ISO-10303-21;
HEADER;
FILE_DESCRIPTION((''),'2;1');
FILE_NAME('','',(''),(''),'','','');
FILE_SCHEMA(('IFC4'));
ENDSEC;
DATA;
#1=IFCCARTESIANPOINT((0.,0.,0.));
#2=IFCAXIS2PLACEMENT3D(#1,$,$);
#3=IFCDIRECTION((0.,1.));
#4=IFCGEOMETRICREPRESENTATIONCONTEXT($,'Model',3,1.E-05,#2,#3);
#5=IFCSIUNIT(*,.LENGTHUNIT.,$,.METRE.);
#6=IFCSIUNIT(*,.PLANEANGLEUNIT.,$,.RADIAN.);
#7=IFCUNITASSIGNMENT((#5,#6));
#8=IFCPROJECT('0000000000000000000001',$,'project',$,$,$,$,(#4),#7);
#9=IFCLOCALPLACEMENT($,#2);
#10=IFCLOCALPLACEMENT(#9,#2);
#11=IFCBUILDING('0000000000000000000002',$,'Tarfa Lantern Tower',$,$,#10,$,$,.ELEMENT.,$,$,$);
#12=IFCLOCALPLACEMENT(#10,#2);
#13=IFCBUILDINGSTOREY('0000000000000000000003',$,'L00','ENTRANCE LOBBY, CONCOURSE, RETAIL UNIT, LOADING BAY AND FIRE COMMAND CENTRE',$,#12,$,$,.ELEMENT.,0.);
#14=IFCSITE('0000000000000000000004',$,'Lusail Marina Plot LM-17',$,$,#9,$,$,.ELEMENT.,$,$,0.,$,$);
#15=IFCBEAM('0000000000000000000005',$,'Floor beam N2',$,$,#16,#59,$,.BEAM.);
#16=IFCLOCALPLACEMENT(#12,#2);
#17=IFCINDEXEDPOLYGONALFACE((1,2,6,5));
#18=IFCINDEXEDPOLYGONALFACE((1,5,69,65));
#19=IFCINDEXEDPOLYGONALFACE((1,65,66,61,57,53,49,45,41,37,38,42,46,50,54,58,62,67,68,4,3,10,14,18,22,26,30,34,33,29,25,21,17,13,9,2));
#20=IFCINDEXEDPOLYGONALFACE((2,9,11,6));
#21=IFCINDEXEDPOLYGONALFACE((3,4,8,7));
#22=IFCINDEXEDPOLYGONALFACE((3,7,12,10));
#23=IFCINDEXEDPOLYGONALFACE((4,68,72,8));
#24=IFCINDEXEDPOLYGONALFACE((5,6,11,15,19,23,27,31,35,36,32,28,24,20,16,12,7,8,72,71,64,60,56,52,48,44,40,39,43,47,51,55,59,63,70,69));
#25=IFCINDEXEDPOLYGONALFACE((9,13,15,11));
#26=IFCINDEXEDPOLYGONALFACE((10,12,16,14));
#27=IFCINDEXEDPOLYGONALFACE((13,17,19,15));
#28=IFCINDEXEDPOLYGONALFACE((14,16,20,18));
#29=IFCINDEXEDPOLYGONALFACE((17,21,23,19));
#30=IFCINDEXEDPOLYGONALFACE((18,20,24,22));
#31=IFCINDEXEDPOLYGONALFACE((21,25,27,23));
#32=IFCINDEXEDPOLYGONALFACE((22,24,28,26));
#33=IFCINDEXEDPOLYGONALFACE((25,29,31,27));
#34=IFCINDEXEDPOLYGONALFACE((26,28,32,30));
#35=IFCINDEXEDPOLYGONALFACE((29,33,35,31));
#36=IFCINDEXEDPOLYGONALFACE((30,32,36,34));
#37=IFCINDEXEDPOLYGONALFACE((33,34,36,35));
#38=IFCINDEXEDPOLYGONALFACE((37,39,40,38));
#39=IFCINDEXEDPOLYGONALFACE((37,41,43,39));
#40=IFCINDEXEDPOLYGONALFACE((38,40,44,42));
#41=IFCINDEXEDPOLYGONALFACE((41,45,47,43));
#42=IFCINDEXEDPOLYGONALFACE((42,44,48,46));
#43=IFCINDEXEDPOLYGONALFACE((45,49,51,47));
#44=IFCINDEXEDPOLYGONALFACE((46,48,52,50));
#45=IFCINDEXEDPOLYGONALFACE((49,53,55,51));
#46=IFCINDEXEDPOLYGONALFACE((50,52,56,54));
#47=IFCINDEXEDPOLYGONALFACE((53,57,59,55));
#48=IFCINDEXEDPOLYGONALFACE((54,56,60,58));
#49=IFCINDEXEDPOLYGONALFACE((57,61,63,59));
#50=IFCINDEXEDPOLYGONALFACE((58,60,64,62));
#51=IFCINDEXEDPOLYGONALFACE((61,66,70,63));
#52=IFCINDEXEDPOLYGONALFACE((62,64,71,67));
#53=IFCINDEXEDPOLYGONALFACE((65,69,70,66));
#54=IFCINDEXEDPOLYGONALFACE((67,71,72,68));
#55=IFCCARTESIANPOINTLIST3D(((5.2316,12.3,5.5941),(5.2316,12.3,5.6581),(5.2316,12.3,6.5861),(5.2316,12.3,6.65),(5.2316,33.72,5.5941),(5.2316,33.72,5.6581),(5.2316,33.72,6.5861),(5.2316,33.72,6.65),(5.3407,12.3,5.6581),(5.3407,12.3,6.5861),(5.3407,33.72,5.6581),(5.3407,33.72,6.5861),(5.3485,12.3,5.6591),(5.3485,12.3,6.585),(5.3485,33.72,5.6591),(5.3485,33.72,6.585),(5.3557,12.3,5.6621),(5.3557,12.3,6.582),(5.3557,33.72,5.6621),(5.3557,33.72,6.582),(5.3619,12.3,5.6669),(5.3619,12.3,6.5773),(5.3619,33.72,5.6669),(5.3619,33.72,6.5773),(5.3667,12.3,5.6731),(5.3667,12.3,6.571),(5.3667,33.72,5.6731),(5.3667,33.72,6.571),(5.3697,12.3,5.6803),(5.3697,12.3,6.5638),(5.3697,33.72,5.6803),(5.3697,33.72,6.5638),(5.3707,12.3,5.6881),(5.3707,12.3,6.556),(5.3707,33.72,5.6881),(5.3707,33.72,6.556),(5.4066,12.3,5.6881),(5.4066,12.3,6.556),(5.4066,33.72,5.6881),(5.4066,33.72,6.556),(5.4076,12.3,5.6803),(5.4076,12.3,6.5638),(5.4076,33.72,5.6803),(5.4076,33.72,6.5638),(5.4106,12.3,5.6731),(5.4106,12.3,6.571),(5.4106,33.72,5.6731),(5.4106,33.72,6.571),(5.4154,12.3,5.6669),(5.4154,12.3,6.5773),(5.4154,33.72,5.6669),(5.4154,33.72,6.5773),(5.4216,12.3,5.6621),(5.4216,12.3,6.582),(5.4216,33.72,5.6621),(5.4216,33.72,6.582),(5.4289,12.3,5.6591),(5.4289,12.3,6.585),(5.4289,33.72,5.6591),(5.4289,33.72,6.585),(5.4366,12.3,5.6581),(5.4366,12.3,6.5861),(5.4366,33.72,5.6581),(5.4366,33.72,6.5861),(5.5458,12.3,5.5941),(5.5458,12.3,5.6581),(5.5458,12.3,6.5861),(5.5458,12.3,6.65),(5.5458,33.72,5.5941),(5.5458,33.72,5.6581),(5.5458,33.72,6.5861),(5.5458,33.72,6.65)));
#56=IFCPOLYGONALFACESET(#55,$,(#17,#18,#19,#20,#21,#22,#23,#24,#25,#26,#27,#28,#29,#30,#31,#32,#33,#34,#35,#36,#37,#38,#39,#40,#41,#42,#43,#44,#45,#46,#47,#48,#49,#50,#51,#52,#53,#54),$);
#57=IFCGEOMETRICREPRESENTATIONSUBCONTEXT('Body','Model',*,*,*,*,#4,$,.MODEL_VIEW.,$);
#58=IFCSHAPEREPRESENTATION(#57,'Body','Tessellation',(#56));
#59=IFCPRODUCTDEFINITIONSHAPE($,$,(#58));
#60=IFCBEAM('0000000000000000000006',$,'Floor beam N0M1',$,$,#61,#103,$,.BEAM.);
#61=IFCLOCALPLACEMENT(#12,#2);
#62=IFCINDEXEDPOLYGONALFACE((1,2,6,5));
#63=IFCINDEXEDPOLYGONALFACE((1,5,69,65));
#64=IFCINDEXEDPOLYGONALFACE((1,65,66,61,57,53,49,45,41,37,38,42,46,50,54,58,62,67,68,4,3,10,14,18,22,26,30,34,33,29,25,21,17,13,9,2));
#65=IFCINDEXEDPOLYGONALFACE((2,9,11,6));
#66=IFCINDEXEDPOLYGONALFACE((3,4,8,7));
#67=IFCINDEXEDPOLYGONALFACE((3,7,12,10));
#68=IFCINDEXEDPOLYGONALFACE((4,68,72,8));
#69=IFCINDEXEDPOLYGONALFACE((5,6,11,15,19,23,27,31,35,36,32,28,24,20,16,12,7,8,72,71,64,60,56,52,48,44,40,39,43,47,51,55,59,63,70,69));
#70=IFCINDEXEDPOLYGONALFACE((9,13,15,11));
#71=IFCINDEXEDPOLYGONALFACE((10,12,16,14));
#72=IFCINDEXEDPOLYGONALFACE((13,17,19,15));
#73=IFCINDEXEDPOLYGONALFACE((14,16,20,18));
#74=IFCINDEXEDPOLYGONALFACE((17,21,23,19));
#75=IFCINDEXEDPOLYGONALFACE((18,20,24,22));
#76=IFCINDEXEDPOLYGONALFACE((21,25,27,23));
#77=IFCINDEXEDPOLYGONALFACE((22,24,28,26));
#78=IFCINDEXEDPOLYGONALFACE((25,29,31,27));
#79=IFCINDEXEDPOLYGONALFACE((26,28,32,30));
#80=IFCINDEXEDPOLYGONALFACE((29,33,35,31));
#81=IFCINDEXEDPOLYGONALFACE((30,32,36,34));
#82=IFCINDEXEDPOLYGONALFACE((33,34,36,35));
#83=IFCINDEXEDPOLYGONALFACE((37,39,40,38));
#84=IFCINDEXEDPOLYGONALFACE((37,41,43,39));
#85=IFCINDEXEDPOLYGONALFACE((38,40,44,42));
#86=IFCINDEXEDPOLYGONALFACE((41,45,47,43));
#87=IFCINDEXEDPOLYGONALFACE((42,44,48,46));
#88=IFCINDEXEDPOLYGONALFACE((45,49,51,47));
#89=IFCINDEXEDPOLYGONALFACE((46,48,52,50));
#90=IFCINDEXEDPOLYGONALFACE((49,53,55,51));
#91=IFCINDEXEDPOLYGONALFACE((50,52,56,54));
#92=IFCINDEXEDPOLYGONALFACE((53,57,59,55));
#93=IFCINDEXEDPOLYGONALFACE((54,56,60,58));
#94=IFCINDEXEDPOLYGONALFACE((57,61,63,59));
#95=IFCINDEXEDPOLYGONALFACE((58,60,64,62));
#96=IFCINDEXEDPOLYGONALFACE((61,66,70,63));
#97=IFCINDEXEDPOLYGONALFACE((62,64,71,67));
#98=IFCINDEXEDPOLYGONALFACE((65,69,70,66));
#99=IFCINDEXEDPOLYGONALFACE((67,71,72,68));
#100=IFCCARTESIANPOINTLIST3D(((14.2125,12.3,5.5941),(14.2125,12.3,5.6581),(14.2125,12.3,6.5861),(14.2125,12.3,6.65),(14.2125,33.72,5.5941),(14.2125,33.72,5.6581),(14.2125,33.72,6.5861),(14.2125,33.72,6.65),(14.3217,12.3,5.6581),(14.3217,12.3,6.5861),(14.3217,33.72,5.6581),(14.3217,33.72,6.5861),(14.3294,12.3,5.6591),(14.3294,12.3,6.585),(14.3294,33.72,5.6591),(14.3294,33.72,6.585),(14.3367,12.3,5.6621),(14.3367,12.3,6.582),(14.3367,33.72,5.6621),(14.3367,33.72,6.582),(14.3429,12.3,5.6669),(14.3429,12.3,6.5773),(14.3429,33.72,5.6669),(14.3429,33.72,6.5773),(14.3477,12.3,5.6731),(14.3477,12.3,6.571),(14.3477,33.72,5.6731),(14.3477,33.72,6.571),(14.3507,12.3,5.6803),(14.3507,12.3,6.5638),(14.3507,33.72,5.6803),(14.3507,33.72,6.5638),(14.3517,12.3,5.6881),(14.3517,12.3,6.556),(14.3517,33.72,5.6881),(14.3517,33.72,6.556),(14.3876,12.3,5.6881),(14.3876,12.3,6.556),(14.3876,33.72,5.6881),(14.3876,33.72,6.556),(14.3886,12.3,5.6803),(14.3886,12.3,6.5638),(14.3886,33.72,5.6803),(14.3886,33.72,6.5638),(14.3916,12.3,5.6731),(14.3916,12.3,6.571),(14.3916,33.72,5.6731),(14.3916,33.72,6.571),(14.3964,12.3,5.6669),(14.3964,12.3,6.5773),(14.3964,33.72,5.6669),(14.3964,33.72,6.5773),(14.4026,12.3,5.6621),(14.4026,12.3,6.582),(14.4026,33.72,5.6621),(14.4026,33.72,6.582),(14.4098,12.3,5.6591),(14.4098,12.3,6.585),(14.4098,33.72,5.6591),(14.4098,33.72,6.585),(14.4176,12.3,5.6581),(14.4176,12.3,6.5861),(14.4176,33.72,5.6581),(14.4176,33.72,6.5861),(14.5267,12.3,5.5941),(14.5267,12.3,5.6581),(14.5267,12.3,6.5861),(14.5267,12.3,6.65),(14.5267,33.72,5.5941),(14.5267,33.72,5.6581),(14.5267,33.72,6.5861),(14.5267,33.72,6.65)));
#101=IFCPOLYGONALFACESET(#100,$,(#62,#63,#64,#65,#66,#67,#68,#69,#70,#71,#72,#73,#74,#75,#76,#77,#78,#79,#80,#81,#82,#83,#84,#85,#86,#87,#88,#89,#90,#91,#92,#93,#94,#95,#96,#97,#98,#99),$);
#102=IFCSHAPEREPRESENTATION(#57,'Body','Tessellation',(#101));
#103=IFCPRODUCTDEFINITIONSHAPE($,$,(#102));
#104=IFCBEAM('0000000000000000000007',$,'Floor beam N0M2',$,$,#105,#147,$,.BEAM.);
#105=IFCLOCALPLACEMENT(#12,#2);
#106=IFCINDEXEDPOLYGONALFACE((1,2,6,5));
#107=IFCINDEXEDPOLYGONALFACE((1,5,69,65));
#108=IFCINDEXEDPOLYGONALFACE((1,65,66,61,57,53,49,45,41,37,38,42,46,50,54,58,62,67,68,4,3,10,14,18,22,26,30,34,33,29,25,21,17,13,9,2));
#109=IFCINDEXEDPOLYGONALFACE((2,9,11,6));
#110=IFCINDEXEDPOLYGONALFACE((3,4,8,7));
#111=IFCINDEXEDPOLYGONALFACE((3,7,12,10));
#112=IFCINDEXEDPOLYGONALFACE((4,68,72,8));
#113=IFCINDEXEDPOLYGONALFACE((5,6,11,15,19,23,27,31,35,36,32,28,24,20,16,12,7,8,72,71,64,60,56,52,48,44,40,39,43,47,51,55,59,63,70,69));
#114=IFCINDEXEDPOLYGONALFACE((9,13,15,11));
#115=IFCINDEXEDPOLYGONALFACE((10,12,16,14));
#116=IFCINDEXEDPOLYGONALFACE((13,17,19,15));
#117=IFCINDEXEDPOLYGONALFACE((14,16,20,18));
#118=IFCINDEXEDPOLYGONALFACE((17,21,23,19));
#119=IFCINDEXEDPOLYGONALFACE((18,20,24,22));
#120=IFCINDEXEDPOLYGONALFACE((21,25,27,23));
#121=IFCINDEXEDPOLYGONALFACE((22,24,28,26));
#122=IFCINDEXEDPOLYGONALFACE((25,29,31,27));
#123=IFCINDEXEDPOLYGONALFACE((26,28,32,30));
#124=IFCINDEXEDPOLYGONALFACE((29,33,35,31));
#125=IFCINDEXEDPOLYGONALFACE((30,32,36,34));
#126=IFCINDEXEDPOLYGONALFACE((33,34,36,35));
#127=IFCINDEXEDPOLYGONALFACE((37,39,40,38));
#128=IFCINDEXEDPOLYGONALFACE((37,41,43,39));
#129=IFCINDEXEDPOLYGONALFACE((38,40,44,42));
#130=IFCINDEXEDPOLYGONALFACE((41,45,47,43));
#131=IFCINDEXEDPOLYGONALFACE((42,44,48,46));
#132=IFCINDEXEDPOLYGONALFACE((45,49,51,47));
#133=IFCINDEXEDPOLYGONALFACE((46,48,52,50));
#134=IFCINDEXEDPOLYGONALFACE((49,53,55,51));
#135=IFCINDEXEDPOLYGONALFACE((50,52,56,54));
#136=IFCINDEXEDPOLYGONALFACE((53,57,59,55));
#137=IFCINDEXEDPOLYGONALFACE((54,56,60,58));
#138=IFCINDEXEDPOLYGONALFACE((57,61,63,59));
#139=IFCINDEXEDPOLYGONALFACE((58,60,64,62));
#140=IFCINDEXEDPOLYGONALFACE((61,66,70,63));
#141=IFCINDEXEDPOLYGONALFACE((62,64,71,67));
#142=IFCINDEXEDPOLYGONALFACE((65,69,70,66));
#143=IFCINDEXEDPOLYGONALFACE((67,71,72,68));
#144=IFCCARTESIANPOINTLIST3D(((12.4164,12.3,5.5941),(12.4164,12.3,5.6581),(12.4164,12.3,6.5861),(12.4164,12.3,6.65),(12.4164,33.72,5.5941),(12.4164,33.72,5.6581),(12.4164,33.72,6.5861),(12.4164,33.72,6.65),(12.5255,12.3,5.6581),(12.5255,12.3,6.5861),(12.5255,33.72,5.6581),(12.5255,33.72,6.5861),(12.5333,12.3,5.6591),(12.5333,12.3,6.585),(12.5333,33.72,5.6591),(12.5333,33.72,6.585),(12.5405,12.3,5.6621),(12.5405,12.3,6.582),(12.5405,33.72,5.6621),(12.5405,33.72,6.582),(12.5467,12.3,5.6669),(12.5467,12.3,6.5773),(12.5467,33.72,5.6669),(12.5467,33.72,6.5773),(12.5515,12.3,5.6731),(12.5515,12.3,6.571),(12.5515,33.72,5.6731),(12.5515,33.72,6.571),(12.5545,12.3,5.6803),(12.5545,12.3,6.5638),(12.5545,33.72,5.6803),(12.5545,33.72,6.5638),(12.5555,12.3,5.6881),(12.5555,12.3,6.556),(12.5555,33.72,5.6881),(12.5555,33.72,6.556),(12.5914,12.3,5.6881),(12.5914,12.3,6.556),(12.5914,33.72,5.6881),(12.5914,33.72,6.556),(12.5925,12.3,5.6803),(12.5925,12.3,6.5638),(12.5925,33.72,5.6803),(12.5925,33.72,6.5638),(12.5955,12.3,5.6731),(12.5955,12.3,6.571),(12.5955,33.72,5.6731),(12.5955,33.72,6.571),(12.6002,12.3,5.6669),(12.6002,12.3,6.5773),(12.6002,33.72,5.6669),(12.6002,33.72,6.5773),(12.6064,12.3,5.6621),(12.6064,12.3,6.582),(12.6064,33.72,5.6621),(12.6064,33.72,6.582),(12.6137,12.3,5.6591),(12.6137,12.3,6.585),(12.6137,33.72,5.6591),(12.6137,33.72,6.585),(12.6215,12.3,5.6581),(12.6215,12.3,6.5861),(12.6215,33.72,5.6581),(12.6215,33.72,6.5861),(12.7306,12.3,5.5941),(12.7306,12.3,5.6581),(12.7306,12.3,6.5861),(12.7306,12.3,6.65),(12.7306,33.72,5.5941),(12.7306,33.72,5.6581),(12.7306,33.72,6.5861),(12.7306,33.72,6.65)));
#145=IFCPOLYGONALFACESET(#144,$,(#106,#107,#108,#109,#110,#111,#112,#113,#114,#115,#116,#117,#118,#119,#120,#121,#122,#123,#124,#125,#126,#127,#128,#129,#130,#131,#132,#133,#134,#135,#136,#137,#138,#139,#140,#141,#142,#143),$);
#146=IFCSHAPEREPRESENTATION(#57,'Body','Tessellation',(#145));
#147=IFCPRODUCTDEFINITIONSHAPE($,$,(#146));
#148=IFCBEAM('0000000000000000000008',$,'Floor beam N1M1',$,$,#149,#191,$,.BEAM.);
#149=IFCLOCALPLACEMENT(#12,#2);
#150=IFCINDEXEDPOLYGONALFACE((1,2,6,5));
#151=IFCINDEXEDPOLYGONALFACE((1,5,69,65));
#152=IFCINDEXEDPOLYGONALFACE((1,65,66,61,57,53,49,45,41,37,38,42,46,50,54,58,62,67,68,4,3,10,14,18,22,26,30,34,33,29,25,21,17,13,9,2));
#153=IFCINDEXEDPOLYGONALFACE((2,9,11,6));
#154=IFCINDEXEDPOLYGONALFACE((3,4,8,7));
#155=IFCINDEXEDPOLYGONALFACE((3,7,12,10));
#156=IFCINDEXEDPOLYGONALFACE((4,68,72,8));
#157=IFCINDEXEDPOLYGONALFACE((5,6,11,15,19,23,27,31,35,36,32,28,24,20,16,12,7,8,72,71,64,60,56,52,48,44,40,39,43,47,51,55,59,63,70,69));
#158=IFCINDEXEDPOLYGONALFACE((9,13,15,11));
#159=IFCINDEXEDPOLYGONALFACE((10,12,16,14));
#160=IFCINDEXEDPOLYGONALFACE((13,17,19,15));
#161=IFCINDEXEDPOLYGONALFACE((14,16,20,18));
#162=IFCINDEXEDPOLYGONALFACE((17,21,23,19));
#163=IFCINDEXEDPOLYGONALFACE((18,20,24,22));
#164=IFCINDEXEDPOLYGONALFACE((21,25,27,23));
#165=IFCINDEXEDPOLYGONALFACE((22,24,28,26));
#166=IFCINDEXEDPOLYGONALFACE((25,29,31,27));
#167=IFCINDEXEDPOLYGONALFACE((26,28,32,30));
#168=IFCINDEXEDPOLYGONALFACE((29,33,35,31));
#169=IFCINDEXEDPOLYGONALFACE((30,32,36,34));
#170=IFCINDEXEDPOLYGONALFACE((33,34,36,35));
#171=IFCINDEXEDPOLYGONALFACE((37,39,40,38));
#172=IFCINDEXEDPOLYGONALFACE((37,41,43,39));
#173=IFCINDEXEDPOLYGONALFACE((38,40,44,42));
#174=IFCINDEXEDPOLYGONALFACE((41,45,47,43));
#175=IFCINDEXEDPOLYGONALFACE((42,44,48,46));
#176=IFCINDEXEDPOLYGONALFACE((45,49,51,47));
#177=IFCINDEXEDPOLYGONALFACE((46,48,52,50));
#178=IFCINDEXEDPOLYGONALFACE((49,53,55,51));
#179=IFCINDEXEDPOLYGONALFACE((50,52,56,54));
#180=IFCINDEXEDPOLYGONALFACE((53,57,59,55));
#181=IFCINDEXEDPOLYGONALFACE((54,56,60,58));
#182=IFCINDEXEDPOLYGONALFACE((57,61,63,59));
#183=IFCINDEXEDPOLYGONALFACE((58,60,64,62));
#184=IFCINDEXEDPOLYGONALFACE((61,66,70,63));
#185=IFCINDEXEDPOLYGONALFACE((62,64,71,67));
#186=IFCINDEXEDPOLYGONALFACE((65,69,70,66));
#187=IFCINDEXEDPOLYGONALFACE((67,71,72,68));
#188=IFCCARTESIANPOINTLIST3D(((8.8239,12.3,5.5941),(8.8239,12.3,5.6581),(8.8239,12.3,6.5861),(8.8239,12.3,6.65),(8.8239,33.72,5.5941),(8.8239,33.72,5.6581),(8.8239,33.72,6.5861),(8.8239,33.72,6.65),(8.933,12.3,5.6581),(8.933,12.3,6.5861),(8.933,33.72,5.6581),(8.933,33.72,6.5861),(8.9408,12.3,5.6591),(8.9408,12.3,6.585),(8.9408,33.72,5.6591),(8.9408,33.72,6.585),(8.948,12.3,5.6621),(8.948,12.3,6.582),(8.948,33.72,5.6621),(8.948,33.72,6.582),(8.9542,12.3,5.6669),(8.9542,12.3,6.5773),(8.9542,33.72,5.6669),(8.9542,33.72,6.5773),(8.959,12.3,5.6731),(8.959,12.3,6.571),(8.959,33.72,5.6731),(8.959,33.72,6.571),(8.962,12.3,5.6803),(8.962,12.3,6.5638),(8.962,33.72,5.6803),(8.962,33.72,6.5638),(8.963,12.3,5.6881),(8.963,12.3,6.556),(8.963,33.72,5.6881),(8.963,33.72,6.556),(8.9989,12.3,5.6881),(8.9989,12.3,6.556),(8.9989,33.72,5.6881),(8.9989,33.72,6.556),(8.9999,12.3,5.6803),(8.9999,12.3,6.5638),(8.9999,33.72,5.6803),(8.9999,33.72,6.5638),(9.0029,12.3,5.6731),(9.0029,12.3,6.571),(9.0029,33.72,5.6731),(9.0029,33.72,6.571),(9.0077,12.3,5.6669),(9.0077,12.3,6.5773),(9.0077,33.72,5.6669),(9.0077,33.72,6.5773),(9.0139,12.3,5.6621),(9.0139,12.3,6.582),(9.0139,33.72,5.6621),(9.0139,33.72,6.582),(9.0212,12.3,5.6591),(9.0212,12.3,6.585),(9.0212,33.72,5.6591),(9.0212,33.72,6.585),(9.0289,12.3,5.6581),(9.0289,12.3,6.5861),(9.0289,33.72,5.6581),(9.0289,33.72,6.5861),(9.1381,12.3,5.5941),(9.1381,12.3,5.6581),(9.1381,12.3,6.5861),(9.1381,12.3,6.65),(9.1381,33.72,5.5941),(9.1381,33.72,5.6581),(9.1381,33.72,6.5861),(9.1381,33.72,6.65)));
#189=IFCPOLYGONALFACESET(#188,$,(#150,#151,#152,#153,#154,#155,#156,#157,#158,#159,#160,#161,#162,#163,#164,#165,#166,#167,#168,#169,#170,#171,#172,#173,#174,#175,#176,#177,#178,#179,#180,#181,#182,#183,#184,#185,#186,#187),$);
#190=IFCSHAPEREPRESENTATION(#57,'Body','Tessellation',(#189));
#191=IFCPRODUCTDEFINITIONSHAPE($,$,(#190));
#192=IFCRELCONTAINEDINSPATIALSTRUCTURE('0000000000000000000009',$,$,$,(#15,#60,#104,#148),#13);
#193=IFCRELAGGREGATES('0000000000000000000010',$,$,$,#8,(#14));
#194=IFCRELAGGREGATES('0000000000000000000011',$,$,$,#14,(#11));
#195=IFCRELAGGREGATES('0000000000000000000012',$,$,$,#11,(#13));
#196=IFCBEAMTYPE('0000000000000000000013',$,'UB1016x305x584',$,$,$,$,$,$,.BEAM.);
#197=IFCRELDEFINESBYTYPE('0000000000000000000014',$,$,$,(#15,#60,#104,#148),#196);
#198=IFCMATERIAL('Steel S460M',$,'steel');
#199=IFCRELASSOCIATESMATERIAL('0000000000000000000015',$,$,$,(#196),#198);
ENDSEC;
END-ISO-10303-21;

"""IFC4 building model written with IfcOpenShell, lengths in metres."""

from ifc_helpers import new_model, si_unit, direction, frame, origin, origin_2d, place, context, subcontext, project, spatial, i_section, extrude, material, material_profile, profile_set, type_object, element, save


model = new_model("IFC4")

# Units and contexts
model_context = context("Model", 3, precision=1e-05, world=origin(), true_north=direction((0.0, 1.0)))
body_context = subcontext(model_context, "Body", "Model", "MODEL_VIEW")
ifc_project = project(units=[si_unit("LENGTHUNIT", "METRE"), si_unit("PLANEANGLEUNIT", "RADIAN")], contexts=[model_context])

# Site, building, storey
site_placement = place(None, origin())
site = spatial("IfcSite", under=ifc_project, at=site_placement, Name="Lusail Marina Plot LM-17", CompositionType="ELEMENT", RefElevation=0.0)
building_placement = place(site_placement, origin())
building = spatial("IfcBuilding", under=site, at=building_placement, Name="Tarfa Lantern Tower", CompositionType="ELEMENT")
storey_placement = place(building_placement, origin())
storey = spatial("IfcBuildingStorey", under=building, at=storey_placement, Name="L00", Description="ENTRANCE LOBBY, CONCOURSE, RETAIL UNIT, LOADING BAY AND FIRE COMMAND CENTRE", CompositionType="ELEMENT", Elevation=0.0)

# Beams
ifc_material_1 = material(Name="Steel S460M", Category="steel")
ifc_material_profile_1 = material_profile(ifc_material_1, i_section(OverallWidth=0.3142, OverallDepth=1.0559, WebThickness=0.0359, FlangeThickness=0.064, FilletRadius=0.03, at=origin_2d()), Name="UB1016x305x584")
ifc_profile_set_1 = profile_set([ifc_material_profile_1], Name="Steel S460M")
beam_type_1 = type_object("IfcBeamType", Name="UB1016x305x584", PredefinedType="BEAM", material=ifc_profile_set_1)
for number, where, z_axis, x_axis, name in (
    (1, (5.3887, 33.72, 6.1221), (0.0, -1.0, 0.0), (1.0, 0.0, 0.0), "Floor beam N2"),
    (2, (14.3696, 33.72, 6.1221), (0.0, -1.0, 0.0), (1.0, 0.0, 0.0), "Floor beam N0M1"),
    (3, (12.5735, 33.72, 6.1221), (0.0, -1.0, 0.0), (1.0, 0.0, 0.0), "Floor beam N0M2"),
    (4, (8.981, 33.72, 6.1221), (0.0, -1.0, 0.0), (1.0, 0.0, 0.0), "Floor beam N1M1"),
):
    element("IfcBeam", number, at=place(storey_placement, frame(where, z_axis=z_axis, x_axis=x_axis)), inside=storey, type_object=beam_type_1, Name=name, PredefinedType="BEAM", context=body_context, shape_type="SweptSolid", body=[
        extrude(i_section(OverallWidth=0.3142, OverallDepth=1.0559, WebThickness=0.0359, FlangeThickness=0.064, FilletRadius=0.03, at=origin_2d()), origin(), (0.0, 0.0, 1.0), 21.4199),
    ])

save(model, "model.ifc")
